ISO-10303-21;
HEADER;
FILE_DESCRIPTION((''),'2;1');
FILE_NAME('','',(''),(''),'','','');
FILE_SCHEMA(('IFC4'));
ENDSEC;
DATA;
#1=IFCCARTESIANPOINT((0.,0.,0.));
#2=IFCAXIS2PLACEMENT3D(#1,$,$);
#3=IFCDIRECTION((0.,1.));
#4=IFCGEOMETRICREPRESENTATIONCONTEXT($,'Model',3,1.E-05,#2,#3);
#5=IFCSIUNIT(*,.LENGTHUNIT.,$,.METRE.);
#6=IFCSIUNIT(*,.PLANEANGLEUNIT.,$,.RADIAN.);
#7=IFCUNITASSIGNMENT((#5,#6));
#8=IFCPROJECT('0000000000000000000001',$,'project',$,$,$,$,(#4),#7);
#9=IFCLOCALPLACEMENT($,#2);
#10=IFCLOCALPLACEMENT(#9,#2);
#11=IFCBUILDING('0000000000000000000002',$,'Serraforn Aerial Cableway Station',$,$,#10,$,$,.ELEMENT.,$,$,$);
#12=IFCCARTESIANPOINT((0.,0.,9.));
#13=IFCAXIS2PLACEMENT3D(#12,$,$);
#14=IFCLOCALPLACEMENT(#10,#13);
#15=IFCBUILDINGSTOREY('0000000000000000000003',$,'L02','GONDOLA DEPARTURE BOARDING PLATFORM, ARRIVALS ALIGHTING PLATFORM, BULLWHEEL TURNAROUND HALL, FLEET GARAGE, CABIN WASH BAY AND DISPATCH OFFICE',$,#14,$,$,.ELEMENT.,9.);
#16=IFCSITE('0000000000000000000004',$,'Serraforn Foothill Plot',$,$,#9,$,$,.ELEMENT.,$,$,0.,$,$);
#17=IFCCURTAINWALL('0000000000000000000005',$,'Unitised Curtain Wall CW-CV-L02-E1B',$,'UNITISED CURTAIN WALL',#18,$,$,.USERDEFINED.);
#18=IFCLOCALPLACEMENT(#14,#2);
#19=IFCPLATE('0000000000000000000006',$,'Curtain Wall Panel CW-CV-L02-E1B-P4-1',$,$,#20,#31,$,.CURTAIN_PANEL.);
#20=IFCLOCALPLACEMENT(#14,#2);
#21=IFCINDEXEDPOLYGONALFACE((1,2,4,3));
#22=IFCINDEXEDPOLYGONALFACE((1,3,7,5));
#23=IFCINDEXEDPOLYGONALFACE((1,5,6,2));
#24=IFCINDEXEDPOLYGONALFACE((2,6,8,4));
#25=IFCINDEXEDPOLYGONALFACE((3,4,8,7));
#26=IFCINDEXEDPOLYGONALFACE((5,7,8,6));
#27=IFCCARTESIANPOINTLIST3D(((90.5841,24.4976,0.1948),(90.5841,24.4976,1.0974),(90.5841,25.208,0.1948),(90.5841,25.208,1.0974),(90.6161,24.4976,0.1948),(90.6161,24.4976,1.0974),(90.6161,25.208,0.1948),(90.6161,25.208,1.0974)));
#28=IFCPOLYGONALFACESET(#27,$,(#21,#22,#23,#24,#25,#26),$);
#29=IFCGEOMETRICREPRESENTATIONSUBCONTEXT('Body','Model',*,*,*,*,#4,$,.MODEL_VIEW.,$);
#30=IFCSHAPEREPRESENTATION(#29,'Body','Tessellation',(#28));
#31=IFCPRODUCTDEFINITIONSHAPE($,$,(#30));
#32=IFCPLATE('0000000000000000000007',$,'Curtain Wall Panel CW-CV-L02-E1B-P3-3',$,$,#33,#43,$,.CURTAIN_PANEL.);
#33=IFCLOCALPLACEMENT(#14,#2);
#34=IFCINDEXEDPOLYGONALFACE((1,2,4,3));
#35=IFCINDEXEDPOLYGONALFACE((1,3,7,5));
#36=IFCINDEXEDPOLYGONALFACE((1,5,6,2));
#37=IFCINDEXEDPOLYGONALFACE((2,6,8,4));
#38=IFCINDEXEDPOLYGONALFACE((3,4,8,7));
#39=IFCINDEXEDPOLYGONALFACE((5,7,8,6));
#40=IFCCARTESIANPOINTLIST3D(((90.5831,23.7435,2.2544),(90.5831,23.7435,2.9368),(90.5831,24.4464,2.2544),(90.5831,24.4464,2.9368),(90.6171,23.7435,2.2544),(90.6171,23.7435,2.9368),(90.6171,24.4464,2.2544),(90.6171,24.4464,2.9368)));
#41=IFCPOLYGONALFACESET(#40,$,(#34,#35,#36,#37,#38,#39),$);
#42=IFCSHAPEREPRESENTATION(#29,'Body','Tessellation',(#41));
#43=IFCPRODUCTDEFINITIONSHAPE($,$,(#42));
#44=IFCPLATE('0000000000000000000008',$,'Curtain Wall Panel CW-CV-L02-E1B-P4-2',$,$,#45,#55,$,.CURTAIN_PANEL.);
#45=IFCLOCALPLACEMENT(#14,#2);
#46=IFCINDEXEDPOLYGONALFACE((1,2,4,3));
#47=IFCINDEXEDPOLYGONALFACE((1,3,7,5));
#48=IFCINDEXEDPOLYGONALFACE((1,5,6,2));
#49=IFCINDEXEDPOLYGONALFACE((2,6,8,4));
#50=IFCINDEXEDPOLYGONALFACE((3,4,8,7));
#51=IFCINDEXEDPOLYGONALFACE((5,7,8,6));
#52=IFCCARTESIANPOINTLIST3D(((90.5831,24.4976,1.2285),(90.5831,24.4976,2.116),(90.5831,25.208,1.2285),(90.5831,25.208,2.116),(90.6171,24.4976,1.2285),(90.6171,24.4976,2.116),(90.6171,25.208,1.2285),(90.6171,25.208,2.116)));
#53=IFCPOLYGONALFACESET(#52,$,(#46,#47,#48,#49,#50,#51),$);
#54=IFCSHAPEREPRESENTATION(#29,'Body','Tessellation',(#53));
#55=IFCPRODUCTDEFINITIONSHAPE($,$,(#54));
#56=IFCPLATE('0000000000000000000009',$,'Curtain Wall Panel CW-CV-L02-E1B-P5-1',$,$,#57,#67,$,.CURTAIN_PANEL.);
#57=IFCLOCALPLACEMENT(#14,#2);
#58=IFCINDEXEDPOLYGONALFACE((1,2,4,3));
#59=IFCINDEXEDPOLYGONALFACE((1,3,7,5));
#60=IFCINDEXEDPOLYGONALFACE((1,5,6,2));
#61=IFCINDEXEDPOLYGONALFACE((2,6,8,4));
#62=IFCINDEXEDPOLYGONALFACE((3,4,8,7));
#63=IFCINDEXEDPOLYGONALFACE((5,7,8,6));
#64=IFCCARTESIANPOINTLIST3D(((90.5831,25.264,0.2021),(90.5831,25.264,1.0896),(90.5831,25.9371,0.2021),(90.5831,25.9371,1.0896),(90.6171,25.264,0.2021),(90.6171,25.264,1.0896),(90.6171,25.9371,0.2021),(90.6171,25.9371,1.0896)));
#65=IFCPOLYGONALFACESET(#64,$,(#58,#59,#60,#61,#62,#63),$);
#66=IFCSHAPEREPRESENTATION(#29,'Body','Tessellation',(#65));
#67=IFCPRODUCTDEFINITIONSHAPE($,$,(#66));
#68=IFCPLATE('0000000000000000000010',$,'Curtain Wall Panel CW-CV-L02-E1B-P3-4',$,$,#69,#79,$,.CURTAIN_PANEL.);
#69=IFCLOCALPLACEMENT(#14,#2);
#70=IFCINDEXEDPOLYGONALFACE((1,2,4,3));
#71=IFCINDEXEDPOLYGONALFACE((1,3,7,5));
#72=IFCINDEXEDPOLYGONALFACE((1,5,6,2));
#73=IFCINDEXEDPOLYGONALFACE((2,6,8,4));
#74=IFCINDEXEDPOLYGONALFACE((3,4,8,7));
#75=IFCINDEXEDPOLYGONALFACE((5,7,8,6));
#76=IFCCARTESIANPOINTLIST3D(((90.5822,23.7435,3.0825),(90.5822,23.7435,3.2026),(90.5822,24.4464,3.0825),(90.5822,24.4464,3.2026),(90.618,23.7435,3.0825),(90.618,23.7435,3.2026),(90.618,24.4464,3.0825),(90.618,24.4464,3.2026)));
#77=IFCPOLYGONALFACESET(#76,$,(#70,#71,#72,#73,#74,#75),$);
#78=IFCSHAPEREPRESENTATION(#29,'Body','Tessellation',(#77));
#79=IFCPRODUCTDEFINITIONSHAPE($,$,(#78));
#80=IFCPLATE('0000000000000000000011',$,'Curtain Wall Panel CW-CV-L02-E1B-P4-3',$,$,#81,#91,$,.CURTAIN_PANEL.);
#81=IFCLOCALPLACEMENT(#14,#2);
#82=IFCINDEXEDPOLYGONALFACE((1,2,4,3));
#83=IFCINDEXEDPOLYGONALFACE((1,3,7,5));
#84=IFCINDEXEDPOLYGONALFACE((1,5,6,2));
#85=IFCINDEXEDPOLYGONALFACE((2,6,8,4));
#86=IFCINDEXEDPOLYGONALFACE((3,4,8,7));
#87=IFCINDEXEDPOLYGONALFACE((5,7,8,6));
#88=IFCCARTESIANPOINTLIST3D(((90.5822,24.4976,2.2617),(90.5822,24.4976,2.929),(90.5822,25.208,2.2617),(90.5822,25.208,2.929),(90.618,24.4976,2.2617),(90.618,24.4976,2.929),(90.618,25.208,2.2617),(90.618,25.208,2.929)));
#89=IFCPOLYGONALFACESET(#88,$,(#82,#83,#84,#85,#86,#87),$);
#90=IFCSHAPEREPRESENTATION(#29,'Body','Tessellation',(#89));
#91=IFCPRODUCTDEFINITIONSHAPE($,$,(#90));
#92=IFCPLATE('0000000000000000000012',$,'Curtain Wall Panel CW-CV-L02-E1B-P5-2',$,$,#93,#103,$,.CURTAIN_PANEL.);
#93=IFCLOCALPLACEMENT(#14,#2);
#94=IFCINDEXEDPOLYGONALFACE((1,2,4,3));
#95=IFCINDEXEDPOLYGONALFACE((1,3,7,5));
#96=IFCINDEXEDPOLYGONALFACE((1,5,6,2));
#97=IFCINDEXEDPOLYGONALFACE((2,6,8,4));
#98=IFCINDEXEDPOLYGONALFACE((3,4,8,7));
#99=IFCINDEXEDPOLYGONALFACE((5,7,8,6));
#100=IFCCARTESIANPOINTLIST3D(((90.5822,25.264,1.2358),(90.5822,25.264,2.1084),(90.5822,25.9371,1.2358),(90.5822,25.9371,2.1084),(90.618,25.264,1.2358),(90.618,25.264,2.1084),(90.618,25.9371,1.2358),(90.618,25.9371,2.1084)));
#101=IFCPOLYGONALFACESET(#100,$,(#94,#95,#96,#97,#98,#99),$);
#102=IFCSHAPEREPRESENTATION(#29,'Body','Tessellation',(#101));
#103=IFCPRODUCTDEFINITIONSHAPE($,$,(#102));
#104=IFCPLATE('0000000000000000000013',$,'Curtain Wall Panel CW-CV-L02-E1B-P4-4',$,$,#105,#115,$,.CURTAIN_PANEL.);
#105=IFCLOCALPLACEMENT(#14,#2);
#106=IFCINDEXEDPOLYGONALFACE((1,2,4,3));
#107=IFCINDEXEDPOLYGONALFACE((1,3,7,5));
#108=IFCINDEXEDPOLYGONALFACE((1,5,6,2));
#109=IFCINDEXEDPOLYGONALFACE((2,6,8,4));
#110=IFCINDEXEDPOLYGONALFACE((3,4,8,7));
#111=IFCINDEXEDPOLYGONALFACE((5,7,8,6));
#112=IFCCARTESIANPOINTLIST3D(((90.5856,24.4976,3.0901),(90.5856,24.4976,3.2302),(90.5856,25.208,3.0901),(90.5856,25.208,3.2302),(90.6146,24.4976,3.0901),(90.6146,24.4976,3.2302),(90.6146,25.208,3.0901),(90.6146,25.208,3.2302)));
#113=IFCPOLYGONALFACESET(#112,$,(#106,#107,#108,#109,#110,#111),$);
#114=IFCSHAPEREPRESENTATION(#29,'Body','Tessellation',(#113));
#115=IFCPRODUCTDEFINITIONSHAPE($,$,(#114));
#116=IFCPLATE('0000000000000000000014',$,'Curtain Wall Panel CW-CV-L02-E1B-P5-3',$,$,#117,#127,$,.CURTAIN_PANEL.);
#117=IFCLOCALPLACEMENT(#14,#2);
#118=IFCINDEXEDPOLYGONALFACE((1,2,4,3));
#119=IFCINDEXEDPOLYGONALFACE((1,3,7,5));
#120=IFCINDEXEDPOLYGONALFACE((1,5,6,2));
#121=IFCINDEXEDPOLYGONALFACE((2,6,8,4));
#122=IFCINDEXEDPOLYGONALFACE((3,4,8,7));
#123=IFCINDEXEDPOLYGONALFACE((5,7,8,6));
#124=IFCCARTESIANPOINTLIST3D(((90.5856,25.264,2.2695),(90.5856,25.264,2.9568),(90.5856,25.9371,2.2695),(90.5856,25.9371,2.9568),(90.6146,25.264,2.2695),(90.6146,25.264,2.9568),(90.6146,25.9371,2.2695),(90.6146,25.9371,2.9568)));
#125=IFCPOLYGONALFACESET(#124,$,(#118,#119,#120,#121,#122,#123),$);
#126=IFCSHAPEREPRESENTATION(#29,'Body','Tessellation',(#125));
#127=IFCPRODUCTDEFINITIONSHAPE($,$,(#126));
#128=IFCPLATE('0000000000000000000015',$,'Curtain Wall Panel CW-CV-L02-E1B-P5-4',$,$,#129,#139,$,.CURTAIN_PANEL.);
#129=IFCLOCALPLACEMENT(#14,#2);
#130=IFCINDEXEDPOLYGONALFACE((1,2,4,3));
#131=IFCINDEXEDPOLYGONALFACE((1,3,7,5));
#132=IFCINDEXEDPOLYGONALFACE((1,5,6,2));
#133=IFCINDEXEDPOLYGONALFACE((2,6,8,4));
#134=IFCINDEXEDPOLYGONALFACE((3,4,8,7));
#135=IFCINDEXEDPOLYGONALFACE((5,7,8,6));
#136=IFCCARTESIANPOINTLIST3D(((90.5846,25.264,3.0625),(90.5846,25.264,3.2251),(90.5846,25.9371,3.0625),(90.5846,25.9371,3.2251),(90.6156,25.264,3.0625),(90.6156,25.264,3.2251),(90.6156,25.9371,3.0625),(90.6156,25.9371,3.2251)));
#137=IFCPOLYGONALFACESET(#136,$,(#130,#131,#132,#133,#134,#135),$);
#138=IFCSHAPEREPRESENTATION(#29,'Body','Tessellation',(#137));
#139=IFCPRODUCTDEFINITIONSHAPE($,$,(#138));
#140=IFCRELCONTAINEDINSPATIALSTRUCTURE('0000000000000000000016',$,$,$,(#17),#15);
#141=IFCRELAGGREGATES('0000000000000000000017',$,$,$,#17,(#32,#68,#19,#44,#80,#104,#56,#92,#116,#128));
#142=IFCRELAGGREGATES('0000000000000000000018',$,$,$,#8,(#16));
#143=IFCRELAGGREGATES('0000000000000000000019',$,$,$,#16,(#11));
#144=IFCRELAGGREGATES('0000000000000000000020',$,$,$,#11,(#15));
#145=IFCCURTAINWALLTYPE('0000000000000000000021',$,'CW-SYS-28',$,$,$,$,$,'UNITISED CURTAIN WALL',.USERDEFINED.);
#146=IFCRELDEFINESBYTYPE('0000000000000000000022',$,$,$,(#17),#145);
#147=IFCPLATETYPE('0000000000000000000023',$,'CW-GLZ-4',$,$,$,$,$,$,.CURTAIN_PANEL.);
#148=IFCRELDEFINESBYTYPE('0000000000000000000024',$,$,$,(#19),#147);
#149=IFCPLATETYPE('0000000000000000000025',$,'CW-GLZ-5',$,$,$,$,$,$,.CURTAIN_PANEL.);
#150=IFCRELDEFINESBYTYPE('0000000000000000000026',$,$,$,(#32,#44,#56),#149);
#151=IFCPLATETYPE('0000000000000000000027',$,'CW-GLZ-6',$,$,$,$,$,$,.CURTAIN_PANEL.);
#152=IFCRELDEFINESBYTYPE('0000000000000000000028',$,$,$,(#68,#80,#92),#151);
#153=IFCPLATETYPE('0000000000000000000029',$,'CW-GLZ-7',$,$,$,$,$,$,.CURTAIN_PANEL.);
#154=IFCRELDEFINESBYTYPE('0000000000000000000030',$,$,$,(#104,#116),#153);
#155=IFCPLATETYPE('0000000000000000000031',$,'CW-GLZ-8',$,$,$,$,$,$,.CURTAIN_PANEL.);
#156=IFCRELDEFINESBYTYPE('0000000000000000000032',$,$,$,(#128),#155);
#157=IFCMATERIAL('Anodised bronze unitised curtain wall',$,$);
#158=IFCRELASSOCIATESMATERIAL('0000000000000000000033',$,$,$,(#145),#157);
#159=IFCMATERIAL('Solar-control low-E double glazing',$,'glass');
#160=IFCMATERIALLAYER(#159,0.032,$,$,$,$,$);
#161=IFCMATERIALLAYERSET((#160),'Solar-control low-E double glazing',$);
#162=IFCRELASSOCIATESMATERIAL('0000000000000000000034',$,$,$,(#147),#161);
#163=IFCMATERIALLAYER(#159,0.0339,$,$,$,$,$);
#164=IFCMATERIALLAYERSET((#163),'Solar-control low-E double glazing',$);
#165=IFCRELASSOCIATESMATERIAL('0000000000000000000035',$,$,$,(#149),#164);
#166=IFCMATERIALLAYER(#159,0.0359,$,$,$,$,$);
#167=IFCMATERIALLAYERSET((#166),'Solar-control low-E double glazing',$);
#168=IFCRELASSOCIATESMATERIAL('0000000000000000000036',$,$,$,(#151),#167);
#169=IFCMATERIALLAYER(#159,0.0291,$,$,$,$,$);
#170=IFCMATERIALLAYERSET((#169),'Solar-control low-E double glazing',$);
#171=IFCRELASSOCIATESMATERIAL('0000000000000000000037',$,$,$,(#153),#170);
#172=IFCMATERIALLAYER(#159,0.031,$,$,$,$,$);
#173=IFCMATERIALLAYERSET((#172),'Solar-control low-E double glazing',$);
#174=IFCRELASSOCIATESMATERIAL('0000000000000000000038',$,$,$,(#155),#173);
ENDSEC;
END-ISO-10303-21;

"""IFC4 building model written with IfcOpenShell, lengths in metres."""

from ifc_helpers import new_model, si_unit, direction, frame, origin, origin_2d, place, context, subcontext, project, spatial, rectangle, extrude, material, layer, layer_set, type_object, element, aggregate, save


model = new_model("IFC4")

# Units and contexts
model_context = context("Model", 3, precision=1e-05, world=origin(), true_north=direction((0.0, 1.0)))
body_context = subcontext(model_context, "Body", "Model", "MODEL_VIEW")
ifc_project = project(units=[si_unit("LENGTHUNIT", "METRE"), si_unit("PLANEANGLEUNIT", "RADIAN")], contexts=[model_context])

# Site, building, storey
site_placement = place(None, origin())
site = spatial("IfcSite", under=ifc_project, at=site_placement, Name="Serraforn Foothill Plot", CompositionType="ELEMENT", RefElevation=0.0)
building_placement = place(site_placement, origin())
building = spatial("IfcBuilding", under=site, at=building_placement, Name="Serraforn Aerial Cableway Station", CompositionType="ELEMENT")
storey_placement = place(building_placement, frame((0.0, 0.0, 9.0)))
storey = spatial("IfcBuildingStorey", under=building, at=storey_placement, Name="L02", Description="GONDOLA DEPARTURE BOARDING PLATFORM, ARRIVALS ALIGHTING PLATFORM, BULLWHEEL TURNAROUND HALL, FLEET GARAGE, CABIN WASH BAY AND DISPATCH OFFICE", CompositionType="ELEMENT", Elevation=9.0)

# Curtain wall
ifc_material_1 = material(Name="Anodised bronze unitised curtain wall")
curtain_wall_type_1 = type_object("IfcCurtainWallType", Name="CW-SYS-28", ElementType="UNITISED CURTAIN WALL", PredefinedType="USERDEFINED", material=ifc_material_1)
curtain_wall_1_placement = place(storey_placement, origin())
curtain_wall_1 = element("IfcCurtainWall", 1, at=curtain_wall_1_placement, inside=storey, type_object=curtain_wall_type_1, Name="Unitised Curtain Wall CW-CV-L02-E1B", ObjectType="UNITISED CURTAIN WALL", PredefinedType="USERDEFINED")

# Plates
ifc_material_2 = material(Name="Solar-control low-E double glazing", Category="glass")
ifc_layer_1 = layer(ifc_material_2, 0.032)
ifc_layer_set_1 = layer_set([ifc_layer_1], Name="Solar-control low-E double glazing")
plate_type_1 = type_object("IfcPlateType", Name="CW-GLZ-4", PredefinedType="CURTAIN_PANEL", material=ifc_layer_set_1)
plate_1_placement = place(storey_placement, frame((90.6001, 24.8528, 0.1948), z_axis=(0.0, 0.0, 1.0), x_axis=(1.0, 0.0, 0.0)))
plate_1 = element("IfcPlate", 2, at=plate_1_placement, type_object=plate_type_1, Name="Curtain Wall Panel CW-CV-L02-E1B-P4-1", PredefinedType="CURTAIN_PANEL", context=body_context, shape_type="SweptSolid", body=[
    extrude(rectangle(XDim=0.032, YDim=0.7104, at=origin_2d()), origin(), (0.0, 0.0, 1.0), 0.9026),
])
ifc_layer_2 = layer(ifc_material_2, 0.0339)
ifc_layer_set_2 = layer_set([ifc_layer_2], Name="Solar-control low-E double glazing")
plate_type_2 = type_object("IfcPlateType", Name="CW-GLZ-5", PredefinedType="CURTAIN_PANEL", material=ifc_layer_set_2)
plate_2_placement = place(storey_placement, frame((90.6001, 24.095, 2.2544), z_axis=(0.0, 0.0, 1.0), x_axis=(1.0, 0.0, 0.0)))
plate_2 = element("IfcPlate", 3, at=plate_2_placement, type_object=plate_type_2, Name="Curtain Wall Panel CW-CV-L02-E1B-P3-3", PredefinedType="CURTAIN_PANEL", context=body_context, shape_type="SweptSolid", body=[
    extrude(rectangle(XDim=0.0339, YDim=0.7029, at=origin_2d()), origin(), (0.0, 0.0, 1.0), 0.6824),
])
plate_3_placement = place(storey_placement, frame((90.6001, 24.8528, 1.2285), z_axis=(0.0, 0.0, 1.0), x_axis=(1.0, 0.0, 0.0)))
plate_3 = element("IfcPlate", 4, at=plate_3_placement, type_object=plate_type_2, Name="Curtain Wall Panel CW-CV-L02-E1B-P4-2", PredefinedType="CURTAIN_PANEL", context=body_context, shape_type="SweptSolid", body=[
    extrude(rectangle(XDim=0.0339, YDim=0.7104, at=origin_2d()), origin(), (0.0, 0.0, 1.0), 0.8875),
])
plate_4_placement = place(storey_placement, frame((90.6001, 25.6006, 0.2021), z_axis=(0.0, 0.0, 1.0), x_axis=(1.0, 0.0, 0.0)))
plate_4 = element("IfcPlate", 5, at=plate_4_placement, type_object=plate_type_2, Name="Curtain Wall Panel CW-CV-L02-E1B-P5-1", PredefinedType="CURTAIN_PANEL", context=body_context, shape_type="SweptSolid", body=[
    extrude(rectangle(XDim=0.0339, YDim=0.6731, at=origin_2d()), origin(), (0.0, 0.0, 1.0), 0.8875),
])
ifc_layer_3 = layer(ifc_material_2, 0.0359)
ifc_layer_set_3 = layer_set([ifc_layer_3], Name="Solar-control low-E double glazing")
plate_type_3 = type_object("IfcPlateType", Name="CW-GLZ-6", PredefinedType="CURTAIN_PANEL", material=ifc_layer_set_3)
plate_5_placement = place(storey_placement, frame((90.6001, 24.095, 3.0825), z_axis=(0.0, 0.0, 1.0), x_axis=(1.0, 0.0, 0.0)))
plate_5 = element("IfcPlate", 6, at=plate_5_placement, type_object=plate_type_3, Name="Curtain Wall Panel CW-CV-L02-E1B-P3-4", PredefinedType="CURTAIN_PANEL", context=body_context, shape_type="SweptSolid", body=[
    extrude(rectangle(XDim=0.0359, YDim=0.7029, at=origin_2d()), origin(), (0.0, 0.0, 1.0), 0.1201),
])
plate_6_placement = place(storey_placement, frame((90.6001, 24.8528, 2.2617), z_axis=(0.0, 0.0, 1.0), x_axis=(1.0, 0.0, 0.0)))
plate_6 = element("IfcPlate", 7, at=plate_6_placement, type_object=plate_type_3, Name="Curtain Wall Panel CW-CV-L02-E1B-P4-3", PredefinedType="CURTAIN_PANEL", context=body_context, shape_type="SweptSolid", body=[
    extrude(rectangle(XDim=0.0359, YDim=0.7104, at=origin_2d()), origin(), (0.0, 0.0, 1.0), 0.6672),
])
plate_7_placement = place(storey_placement, frame((90.6001, 25.6006, 1.2358), z_axis=(0.0, 0.0, 1.0), x_axis=(1.0, 0.0, 0.0)))
plate_7 = element("IfcPlate", 8, at=plate_7_placement, type_object=plate_type_3, Name="Curtain Wall Panel CW-CV-L02-E1B-P5-2", PredefinedType="CURTAIN_PANEL", context=body_context, shape_type="SweptSolid", body=[
    extrude(rectangle(XDim=0.0359, YDim=0.6731, at=origin_2d()), origin(), (0.0, 0.0, 1.0), 0.8726),
])
ifc_layer_4 = layer(ifc_material_2, 0.0291)
ifc_layer_set_4 = layer_set([ifc_layer_4], Name="Solar-control low-E double glazing")
plate_type_4 = type_object("IfcPlateType", Name="CW-GLZ-7", PredefinedType="CURTAIN_PANEL", material=ifc_layer_set_4)
plate_8_placement = place(storey_placement, frame((90.6001, 24.8528, 3.0901), z_axis=(0.0, 0.0, 1.0), x_axis=(1.0, 0.0, 0.0)))
plate_8 = element("IfcPlate", 9, at=plate_8_placement, type_object=plate_type_4, Name="Curtain Wall Panel CW-CV-L02-E1B-P4-4", PredefinedType="CURTAIN_PANEL", context=body_context, shape_type="SweptSolid", body=[
    extrude(rectangle(XDim=0.0291, YDim=0.7104, at=origin_2d()), origin(), (0.0, 0.0, 1.0), 0.1401),
])
plate_9_placement = place(storey_placement, frame((90.6001, 25.6006, 2.2695), z_axis=(0.0, 0.0, 1.0), x_axis=(1.0, 0.0, 0.0)))
plate_9 = element("IfcPlate", 10, at=plate_9_placement, type_object=plate_type_4, Name="Curtain Wall Panel CW-CV-L02-E1B-P5-3", PredefinedType="CURTAIN_PANEL", context=body_context, shape_type="SweptSolid", body=[
    extrude(rectangle(XDim=0.0291, YDim=0.6731, at=origin_2d()), origin(), (0.0, 0.0, 1.0), 0.6873),
])
ifc_layer_5 = layer(ifc_material_2, 0.031)
ifc_layer_set_5 = layer_set([ifc_layer_5], Name="Solar-control low-E double glazing")
plate_type_5 = type_object("IfcPlateType", Name="CW-GLZ-8", PredefinedType="CURTAIN_PANEL", material=ifc_layer_set_5)
plate_10_placement = place(storey_placement, frame((90.6001, 25.6006, 3.0625), z_axis=(0.0, 0.0, 1.0), x_axis=(1.0, 0.0, 0.0)))
plate_10 = element("IfcPlate", 11, at=plate_10_placement, type_object=plate_type_5, Name="Curtain Wall Panel CW-CV-L02-E1B-P5-4", PredefinedType="CURTAIN_PANEL", context=body_context, shape_type="SweptSolid", body=[
    extrude(rectangle(XDim=0.031, YDim=0.6731, at=origin_2d()), origin(), (0.0, 0.0, 1.0), 0.1626),
])
aggregate(curtain_wall_1, [plate_2, plate_5, plate_1, plate_3, plate_6, plate_8, plate_4, plate_7, plate_9, plate_10])

save(model, "model.ifc")
